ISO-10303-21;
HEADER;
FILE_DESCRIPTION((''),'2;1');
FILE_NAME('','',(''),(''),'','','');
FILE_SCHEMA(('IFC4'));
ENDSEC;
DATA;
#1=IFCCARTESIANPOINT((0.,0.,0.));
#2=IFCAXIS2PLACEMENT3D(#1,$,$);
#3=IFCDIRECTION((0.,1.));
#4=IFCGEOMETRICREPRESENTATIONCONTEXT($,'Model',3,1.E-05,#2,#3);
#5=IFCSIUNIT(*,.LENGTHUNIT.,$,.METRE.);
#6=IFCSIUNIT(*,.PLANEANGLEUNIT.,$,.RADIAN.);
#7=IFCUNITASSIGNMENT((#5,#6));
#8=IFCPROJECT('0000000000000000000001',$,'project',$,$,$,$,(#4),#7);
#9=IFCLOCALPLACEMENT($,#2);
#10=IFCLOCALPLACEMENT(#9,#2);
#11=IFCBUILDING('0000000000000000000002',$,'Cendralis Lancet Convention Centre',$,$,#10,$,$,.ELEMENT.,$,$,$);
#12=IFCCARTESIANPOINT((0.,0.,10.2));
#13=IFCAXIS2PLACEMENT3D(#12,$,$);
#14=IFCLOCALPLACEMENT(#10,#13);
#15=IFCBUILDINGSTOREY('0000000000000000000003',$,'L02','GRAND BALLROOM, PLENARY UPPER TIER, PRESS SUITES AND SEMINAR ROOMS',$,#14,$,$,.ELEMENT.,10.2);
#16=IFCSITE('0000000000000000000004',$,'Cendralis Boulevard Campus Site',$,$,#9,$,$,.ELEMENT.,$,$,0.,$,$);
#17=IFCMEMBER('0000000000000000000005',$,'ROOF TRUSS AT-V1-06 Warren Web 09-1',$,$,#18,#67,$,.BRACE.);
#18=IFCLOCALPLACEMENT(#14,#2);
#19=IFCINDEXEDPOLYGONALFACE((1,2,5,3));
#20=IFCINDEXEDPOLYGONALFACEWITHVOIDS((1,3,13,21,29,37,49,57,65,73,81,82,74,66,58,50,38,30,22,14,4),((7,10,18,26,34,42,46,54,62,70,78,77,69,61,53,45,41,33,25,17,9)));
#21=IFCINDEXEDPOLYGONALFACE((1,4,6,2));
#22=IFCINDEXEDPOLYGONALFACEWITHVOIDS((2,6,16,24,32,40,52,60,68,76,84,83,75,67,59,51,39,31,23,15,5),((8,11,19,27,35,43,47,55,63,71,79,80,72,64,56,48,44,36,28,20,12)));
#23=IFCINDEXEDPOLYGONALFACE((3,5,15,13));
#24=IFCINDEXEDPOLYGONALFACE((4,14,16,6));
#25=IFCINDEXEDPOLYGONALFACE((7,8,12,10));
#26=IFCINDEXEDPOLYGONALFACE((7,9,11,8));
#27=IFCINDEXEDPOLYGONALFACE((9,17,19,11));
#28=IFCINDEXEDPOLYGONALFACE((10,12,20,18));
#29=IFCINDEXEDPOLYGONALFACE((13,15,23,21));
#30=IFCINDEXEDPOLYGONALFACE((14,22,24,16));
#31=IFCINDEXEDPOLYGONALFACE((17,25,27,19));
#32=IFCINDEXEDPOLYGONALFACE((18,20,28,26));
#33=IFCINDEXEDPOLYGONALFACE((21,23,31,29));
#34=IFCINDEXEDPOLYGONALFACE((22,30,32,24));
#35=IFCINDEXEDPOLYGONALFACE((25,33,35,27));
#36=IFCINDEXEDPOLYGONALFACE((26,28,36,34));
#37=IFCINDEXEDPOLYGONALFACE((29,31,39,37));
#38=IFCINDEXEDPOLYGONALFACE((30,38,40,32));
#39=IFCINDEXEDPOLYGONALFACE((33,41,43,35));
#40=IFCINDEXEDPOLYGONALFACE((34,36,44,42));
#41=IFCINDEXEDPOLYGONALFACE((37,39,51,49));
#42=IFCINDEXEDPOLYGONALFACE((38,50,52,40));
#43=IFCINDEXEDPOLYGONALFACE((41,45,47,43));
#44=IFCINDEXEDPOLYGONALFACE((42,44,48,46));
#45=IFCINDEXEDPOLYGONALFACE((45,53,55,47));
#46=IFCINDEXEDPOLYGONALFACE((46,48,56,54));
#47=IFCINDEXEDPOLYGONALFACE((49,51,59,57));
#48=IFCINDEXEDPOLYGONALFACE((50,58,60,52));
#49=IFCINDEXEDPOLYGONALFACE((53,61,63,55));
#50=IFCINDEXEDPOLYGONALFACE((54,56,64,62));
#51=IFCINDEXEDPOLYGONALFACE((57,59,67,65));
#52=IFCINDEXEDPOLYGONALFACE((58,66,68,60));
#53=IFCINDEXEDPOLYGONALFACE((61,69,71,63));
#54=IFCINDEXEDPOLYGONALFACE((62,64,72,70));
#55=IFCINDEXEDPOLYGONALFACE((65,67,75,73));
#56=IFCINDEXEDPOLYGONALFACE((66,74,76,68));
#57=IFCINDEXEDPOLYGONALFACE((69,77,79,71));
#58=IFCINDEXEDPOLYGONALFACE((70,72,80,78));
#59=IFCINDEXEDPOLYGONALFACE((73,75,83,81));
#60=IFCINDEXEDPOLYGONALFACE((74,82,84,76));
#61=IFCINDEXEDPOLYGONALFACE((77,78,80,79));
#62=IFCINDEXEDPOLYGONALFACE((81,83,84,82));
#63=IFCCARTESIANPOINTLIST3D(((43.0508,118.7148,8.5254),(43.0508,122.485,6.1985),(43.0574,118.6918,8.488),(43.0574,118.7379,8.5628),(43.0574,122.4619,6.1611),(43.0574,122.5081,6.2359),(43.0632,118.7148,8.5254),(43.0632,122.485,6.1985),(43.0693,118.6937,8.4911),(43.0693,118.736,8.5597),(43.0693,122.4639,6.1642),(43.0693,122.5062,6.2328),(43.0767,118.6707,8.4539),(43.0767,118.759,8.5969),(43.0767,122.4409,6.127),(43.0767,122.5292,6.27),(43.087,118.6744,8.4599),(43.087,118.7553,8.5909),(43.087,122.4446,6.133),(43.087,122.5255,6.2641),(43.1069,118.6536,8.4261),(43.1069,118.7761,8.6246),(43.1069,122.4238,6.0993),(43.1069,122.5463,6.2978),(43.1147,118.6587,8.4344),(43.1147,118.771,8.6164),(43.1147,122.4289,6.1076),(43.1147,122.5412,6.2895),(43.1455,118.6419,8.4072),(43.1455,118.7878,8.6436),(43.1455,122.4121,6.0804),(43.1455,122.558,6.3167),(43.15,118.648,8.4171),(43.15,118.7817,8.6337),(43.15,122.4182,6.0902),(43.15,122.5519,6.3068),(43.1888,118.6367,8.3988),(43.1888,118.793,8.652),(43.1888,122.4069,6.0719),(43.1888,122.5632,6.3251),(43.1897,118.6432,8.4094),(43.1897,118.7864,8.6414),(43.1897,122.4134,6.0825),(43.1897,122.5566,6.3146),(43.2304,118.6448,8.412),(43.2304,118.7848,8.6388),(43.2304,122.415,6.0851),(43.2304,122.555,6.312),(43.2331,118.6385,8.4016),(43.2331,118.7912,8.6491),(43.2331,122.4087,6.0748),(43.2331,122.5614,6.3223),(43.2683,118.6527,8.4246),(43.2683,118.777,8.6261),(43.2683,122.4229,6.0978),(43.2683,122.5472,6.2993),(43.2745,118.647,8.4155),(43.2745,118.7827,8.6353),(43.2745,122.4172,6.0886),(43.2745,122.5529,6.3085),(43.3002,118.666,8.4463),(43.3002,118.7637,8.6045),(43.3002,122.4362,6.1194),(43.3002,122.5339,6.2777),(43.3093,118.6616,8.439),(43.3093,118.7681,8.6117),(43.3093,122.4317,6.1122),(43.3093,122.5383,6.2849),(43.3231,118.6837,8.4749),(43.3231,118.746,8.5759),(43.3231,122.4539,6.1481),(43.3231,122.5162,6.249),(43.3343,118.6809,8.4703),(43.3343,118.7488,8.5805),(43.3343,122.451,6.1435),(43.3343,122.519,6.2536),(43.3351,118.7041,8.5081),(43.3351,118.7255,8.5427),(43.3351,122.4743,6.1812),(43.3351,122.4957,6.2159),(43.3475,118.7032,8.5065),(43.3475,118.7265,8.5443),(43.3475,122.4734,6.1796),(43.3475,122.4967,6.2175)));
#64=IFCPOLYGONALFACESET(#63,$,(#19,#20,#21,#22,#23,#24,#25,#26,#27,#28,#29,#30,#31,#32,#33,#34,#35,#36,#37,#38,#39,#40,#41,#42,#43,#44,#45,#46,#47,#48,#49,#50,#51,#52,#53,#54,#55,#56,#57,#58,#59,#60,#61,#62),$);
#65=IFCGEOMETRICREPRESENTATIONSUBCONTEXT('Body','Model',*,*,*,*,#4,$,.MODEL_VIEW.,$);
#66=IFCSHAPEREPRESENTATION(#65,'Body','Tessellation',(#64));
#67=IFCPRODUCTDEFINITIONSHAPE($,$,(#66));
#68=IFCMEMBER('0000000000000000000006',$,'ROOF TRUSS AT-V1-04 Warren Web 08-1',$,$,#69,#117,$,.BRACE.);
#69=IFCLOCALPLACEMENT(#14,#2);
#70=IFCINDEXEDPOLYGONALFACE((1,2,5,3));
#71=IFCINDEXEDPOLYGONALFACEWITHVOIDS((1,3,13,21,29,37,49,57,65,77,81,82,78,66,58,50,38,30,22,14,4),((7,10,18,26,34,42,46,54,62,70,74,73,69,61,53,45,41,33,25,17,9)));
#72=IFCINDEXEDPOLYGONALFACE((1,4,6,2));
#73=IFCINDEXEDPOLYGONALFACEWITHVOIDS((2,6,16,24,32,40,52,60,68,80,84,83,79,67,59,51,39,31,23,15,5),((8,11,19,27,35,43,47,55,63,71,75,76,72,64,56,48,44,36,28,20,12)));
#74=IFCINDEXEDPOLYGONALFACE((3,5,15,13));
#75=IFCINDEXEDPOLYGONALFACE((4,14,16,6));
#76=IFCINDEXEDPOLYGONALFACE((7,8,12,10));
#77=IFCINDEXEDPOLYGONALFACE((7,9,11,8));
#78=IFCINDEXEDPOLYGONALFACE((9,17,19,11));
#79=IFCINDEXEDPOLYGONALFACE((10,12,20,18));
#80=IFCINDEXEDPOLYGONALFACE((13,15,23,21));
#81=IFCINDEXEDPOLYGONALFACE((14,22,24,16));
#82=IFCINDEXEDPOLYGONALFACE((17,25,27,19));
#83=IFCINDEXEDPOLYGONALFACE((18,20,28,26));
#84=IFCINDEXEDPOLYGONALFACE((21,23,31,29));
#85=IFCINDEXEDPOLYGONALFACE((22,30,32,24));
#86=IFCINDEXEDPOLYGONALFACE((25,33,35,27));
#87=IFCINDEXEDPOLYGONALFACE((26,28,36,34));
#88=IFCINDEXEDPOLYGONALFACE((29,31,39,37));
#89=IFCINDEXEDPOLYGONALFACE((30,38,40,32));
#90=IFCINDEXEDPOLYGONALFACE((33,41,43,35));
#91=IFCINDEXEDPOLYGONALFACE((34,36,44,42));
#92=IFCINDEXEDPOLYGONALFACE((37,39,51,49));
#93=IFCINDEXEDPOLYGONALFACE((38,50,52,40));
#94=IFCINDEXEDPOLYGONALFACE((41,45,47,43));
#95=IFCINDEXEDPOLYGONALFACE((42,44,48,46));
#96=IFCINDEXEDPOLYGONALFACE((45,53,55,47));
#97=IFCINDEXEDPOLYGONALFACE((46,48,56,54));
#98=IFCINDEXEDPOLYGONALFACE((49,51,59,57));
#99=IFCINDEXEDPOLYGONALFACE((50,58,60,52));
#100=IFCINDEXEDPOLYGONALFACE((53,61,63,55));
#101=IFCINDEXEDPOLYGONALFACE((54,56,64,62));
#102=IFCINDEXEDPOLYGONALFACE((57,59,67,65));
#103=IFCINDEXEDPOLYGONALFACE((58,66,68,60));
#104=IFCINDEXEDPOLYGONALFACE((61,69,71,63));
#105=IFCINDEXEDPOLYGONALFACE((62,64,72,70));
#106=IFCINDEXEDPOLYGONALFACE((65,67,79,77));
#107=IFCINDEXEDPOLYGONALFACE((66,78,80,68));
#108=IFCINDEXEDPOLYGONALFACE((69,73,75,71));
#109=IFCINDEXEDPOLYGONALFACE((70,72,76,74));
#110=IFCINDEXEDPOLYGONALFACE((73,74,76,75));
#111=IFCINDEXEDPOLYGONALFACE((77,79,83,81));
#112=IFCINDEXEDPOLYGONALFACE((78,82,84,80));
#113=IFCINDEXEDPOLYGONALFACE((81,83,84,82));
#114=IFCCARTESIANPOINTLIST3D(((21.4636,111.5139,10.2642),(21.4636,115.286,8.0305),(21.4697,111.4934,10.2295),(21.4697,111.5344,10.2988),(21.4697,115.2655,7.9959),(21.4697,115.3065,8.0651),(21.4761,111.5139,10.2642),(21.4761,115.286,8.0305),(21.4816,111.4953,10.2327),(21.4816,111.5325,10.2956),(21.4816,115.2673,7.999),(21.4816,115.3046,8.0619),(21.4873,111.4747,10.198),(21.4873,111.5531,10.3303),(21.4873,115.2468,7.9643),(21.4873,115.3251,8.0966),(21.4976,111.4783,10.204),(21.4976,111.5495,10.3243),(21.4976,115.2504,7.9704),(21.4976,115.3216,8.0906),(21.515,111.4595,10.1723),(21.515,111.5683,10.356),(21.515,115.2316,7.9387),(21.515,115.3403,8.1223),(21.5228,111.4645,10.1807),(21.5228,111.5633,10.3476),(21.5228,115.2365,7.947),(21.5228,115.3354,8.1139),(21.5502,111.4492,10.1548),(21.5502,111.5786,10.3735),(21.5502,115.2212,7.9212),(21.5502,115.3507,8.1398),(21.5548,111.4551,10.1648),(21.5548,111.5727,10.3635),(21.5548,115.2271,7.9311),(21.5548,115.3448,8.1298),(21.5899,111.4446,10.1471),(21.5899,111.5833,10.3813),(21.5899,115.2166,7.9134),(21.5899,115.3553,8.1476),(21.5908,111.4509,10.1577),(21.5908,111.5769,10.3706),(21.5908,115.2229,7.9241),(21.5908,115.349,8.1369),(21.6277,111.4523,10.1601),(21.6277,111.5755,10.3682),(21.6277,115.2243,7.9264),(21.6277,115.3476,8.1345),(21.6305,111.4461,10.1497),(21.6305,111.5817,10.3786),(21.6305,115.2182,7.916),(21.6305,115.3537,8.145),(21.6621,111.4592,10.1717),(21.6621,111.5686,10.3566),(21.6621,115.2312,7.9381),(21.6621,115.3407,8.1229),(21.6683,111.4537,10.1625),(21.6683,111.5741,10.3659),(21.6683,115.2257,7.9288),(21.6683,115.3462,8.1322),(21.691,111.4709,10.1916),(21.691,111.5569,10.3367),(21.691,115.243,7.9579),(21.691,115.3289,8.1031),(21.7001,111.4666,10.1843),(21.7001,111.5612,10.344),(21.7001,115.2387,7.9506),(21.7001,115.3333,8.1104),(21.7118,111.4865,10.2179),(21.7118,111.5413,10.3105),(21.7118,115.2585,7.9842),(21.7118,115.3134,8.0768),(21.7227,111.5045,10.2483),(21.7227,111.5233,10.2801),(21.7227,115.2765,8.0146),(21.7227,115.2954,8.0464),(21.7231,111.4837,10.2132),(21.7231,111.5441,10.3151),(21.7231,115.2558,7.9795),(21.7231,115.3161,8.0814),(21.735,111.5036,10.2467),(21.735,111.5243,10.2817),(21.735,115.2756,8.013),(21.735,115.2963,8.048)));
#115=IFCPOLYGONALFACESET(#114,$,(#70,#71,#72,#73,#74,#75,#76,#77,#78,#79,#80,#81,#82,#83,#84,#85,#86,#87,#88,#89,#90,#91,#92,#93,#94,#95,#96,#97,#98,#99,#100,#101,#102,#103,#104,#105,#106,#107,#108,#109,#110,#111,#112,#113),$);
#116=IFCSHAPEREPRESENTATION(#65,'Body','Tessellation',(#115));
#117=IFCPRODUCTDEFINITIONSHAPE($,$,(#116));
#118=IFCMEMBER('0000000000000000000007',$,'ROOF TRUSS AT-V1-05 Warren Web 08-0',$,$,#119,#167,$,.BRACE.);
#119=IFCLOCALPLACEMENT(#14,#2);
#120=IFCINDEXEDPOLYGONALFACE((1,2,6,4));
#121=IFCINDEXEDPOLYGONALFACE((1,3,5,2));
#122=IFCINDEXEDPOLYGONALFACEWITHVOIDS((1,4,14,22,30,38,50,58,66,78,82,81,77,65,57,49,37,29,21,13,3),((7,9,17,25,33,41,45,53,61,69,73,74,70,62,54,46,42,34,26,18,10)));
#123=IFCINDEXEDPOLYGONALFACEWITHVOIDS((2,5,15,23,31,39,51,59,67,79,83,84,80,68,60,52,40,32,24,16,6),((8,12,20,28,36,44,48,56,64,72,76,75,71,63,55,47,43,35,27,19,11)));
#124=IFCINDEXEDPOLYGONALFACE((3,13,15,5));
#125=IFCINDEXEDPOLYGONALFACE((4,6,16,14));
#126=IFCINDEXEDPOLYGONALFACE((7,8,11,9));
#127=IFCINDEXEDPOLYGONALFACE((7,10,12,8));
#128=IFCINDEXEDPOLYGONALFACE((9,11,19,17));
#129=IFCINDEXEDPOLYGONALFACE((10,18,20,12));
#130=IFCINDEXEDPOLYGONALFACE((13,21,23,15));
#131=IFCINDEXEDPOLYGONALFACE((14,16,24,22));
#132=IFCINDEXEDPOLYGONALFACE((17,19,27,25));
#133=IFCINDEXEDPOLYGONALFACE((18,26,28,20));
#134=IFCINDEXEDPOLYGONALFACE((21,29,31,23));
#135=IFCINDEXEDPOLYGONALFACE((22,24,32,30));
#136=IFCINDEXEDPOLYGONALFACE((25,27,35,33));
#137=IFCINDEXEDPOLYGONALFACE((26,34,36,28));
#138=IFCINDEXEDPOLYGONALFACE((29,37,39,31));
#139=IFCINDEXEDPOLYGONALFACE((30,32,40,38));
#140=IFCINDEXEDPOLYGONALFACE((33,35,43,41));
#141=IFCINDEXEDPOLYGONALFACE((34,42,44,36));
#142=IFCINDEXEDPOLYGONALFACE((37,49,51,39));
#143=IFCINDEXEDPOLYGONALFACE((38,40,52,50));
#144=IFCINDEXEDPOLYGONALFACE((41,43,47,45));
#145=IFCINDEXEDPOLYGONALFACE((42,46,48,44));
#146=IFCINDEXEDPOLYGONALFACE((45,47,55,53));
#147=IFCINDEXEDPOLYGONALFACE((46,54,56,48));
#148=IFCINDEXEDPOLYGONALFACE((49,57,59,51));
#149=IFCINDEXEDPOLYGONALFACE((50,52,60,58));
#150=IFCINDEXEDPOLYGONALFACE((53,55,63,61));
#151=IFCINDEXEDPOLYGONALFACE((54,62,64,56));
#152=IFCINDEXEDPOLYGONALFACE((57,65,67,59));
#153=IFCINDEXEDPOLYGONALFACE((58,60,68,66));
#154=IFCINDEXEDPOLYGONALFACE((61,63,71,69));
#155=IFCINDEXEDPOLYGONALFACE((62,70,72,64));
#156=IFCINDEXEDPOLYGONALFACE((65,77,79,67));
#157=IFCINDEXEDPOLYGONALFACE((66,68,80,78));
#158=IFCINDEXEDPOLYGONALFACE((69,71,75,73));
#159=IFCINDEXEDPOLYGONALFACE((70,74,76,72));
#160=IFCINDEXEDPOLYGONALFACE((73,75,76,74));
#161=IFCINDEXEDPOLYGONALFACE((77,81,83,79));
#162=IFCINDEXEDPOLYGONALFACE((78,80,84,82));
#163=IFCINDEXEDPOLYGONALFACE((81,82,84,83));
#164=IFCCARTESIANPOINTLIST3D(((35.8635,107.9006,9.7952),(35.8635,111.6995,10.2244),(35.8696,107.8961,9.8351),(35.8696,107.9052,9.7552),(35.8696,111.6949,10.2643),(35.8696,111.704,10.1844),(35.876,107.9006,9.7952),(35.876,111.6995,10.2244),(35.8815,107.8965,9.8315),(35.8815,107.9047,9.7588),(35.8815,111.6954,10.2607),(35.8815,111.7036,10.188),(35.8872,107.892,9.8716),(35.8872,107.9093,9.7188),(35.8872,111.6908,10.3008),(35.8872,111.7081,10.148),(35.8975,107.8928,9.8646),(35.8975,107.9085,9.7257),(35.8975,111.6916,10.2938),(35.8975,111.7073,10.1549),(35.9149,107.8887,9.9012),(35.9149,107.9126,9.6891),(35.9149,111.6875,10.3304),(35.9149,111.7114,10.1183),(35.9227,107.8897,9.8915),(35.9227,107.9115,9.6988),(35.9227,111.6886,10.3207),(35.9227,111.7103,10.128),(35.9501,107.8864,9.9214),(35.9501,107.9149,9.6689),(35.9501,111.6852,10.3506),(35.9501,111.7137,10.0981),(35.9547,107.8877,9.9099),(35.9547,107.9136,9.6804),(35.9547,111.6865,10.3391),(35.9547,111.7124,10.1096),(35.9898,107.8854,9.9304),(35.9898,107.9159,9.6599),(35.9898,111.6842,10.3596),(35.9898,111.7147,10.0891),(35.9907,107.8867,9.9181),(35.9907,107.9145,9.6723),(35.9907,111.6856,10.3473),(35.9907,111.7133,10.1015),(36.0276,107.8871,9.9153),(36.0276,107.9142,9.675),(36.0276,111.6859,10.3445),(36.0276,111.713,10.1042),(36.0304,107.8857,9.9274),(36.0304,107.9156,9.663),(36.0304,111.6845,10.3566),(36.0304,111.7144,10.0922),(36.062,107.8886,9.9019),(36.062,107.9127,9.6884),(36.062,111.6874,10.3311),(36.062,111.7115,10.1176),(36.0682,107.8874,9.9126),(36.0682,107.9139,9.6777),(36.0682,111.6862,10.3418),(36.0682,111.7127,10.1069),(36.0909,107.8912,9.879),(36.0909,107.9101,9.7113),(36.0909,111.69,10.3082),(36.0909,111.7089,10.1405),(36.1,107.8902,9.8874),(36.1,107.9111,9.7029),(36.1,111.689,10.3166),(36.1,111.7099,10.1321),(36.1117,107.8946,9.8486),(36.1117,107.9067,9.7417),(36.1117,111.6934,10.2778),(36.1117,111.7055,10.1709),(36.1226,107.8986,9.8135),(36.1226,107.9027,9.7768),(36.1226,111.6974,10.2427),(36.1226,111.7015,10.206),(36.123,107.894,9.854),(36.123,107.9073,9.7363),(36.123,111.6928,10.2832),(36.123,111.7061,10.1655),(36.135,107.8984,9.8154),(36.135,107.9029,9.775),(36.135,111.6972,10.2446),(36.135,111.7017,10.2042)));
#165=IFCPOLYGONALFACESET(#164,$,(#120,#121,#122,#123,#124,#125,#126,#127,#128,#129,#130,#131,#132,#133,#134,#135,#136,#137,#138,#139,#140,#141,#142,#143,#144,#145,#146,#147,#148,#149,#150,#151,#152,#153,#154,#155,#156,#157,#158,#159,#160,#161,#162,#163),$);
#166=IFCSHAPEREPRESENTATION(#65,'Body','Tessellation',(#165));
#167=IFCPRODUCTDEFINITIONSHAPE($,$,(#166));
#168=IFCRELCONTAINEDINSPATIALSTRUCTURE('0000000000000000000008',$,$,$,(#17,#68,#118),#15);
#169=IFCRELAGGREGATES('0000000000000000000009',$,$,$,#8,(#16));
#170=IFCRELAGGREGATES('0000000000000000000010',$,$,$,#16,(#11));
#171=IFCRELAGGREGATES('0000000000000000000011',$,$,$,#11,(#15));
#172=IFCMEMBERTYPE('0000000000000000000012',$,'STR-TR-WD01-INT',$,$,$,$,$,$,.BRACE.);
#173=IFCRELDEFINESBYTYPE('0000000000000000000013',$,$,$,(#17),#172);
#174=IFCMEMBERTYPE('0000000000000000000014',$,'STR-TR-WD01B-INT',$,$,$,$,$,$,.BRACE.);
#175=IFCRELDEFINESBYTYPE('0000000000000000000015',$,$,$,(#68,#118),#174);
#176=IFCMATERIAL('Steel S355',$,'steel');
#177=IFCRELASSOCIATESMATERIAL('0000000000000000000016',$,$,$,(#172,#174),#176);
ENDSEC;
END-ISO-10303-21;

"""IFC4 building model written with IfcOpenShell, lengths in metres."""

from ifc_helpers import new_model, si_unit, direction, frame, origin, origin_2d, place, context, subcontext, project, spatial, hollow_circle, extrude, material, material_profile, profile_set, type_object, element, save


model = new_model("IFC4")

# Units and contexts
model_context = context("Model", 3, precision=1e-05, world=origin(), true_north=direction((0.0, 1.0)))
body_context = subcontext(model_context, "Body", "Model", "MODEL_VIEW")
ifc_project = project(units=[si_unit("LENGTHUNIT", "METRE"), si_unit("PLANEANGLEUNIT", "RADIAN")], contexts=[model_context])

# Site, building, storey
site_placement = place(None, origin())
site = spatial("IfcSite", under=ifc_project, at=site_placement, Name="Cendralis Boulevard Campus Site", CompositionType="ELEMENT", RefElevation=0.0)
building_placement = place(site_placement, origin())
building = spatial("IfcBuilding", under=site, at=building_placement, Name="Cendralis Lancet Convention Centre", CompositionType="ELEMENT")
storey_placement = place(building_placement, frame((0.0, 0.0, 10.2)))
storey = spatial("IfcBuildingStorey", under=building, at=storey_placement, Name="L02", Description="GRAND BALLROOM, PLENARY UPPER TIER, PRESS SUITES AND SEMINAR ROOMS", CompositionType="ELEMENT", Elevation=10.2)

# Members
ifc_material = material(Name="Steel S355", Category="steel")
ifc_material_profile_1 = material_profile(ifc_material, hollow_circle(Radius=0.1492, WallThickness=0.0125, at=origin_2d()), Name="CHS 298.5x12.5")
ifc_profile_set_1 = profile_set([ifc_material_profile_1], Name="Steel S355")
member_type_1 = type_object("IfcMemberType", Name="STR-TR-WD01-INT", PredefinedType="BRACE", material=ifc_profile_set_1)
member_1_placement = place(storey_placement, frame((43.2, 118.7148, 8.5254), z_axis=(0.0, 0.850978, -0.525201), x_axis=(-1.0, 0.0, 0.0)))
element("IfcMember", 1, at=member_1_placement, inside=storey, type_object=member_type_1, Name="ROOF TRUSS AT-V1-06 Warren Web 09-1", PredefinedType="BRACE", context=body_context, shape_type="SweptSolid", body=[
    extrude(hollow_circle(Radius=0.1492, WallThickness=0.0125, at=origin_2d()), origin(), (0.0, 0.0, 1.0), 4.4304),
])
ifc_material_profile_2 = material_profile(ifc_material, hollow_circle(Radius=0.1365, WallThickness=0.0125, at=origin_2d()), Name="CHS 273.0x12.5")
ifc_profile_set_2 = profile_set([ifc_material_profile_2], Name="Steel S355")
member_type_2 = type_object("IfcMemberType", Name="STR-TR-WD01B-INT", PredefinedType="BRACE", material=ifc_profile_set_2)
member_2_placement = place(storey_placement, frame((21.6001, 111.5139, 10.2642), z_axis=(0.0, 0.860452, -0.509532), x_axis=(-1.0, 0.0, 0.0)))
element("IfcMember", 2, at=member_2_placement, inside=storey, type_object=member_type_2, Name="ROOF TRUSS AT-V1-04 Warren Web 08-1", PredefinedType="BRACE", context=body_context, shape_type="SweptSolid", body=[
    extrude(hollow_circle(Radius=0.1365, WallThickness=0.0125, at=origin_2d()), origin(), (0.0, 0.0, 1.0), 4.3838),
])
member_3_placement = place(storey_placement, frame((36.0, 107.9006, 9.7952), z_axis=(0.0, 0.993678, 0.112268), x_axis=(-1.0, 0.0, 0.0)))
element("IfcMember", 3, at=member_3_placement, inside=storey, type_object=member_type_2, Name="ROOF TRUSS AT-V1-05 Warren Web 08-0", PredefinedType="BRACE", context=body_context, shape_type="SweptSolid", body=[
    extrude(hollow_circle(Radius=0.1365, WallThickness=0.0125, at=origin_2d()), origin(), (0.0, 0.0, 1.0), 3.823),
])

save(model, "model.ifc")
